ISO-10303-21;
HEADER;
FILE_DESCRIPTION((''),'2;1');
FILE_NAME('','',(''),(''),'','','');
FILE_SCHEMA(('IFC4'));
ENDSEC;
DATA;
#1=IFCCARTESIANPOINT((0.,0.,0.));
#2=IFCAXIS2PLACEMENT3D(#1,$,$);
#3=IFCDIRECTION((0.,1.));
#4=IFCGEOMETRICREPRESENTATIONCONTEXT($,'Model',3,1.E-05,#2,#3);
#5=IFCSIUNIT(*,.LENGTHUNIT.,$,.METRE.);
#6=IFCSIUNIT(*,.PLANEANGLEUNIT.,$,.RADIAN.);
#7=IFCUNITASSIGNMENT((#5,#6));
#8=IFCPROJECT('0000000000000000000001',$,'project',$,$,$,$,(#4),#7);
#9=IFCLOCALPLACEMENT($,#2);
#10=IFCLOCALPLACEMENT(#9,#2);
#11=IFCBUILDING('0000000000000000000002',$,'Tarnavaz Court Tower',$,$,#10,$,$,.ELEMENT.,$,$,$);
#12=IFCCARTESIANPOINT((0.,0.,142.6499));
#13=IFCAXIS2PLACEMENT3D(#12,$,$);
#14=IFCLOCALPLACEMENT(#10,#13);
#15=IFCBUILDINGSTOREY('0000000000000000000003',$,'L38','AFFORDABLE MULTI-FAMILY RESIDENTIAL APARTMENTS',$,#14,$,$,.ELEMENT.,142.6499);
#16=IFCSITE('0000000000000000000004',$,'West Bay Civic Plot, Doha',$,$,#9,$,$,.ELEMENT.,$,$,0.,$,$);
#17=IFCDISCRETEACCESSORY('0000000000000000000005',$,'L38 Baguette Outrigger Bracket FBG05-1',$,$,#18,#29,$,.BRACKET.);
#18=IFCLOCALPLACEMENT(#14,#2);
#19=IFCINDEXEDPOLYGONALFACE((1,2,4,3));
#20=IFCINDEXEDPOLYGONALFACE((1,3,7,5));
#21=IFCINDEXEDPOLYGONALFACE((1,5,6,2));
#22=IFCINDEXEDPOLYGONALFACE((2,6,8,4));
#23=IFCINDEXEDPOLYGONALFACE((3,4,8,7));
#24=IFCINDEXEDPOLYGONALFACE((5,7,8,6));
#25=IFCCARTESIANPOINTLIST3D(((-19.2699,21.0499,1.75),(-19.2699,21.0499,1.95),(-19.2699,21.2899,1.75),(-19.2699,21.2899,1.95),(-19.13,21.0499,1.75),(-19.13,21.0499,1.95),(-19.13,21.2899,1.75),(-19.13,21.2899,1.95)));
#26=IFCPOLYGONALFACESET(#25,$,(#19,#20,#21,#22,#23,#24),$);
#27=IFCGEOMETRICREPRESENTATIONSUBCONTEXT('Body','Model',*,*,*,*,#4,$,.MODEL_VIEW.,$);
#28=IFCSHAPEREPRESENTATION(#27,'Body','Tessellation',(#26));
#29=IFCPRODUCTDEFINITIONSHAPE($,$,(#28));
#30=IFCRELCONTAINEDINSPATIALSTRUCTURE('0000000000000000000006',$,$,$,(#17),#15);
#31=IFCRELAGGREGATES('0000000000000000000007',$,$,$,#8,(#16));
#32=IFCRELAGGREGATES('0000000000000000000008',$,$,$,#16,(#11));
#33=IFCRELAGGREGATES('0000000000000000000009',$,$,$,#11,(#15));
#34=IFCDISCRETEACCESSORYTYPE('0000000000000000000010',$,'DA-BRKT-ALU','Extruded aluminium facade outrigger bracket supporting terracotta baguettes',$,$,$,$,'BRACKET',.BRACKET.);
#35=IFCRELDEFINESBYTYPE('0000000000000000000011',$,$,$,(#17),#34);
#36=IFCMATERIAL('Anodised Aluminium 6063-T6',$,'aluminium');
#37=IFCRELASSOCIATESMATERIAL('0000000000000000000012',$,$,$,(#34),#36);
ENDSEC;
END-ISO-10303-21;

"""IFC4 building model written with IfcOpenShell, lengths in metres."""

from ifc_helpers import new_model, si_unit, direction, frame, origin, origin_2d, place, context, subcontext, project, spatial, rectangle, extrude, material, type_object, element, save


model = new_model("IFC4")

# Units and contexts
model_context = context("Model", 3, precision=1e-05, world=origin(), true_north=direction((0.0, 1.0)))
body_context = subcontext(model_context, "Body", "Model", "MODEL_VIEW")
ifc_project = project(units=[si_unit("LENGTHUNIT", "METRE"), si_unit("PLANEANGLEUNIT", "RADIAN")], contexts=[model_context])

# Site, building, storey
site_placement = place(None, origin())
site = spatial("IfcSite", under=ifc_project, at=site_placement, Name="West Bay Civic Plot, Doha", CompositionType="ELEMENT", RefElevation=0.0)
building_placement = place(site_placement, origin())
building = spatial("IfcBuilding", under=site, at=building_placement, Name="Tarnavaz Court Tower", CompositionType="ELEMENT")
storey_placement = place(building_placement, frame((0.0, 0.0, 142.6499)))
storey = spatial("IfcBuildingStorey", under=building, at=storey_placement, Name="L38", Description="AFFORDABLE MULTI-FAMILY RESIDENTIAL APARTMENTS", CompositionType="ELEMENT", Elevation=142.6499)

# Discrete accessory
ifc_material_1 = material(Name="Anodised Aluminium 6063-T6", Category="aluminium")
discrete_accessory_type = type_object("IfcDiscreteAccessoryType", Name="DA-BRKT-ALU", Description="Extruded aluminium facade outrigger bracket supporting terracotta baguettes", ElementType="BRACKET", PredefinedType="BRACKET", material=ifc_material_1)
for number, where, z_axis, x_axis, name in (
    (1, (-19.2, 21.1699, 1.75), (0.0, 0.0, 1.0), (1.0, 0.0, 0.0), "L38 Baguette Outrigger Bracket FBG05-1"),
):
    element("IfcDiscreteAccessory", number, at=place(storey_placement, frame(where, z_axis=z_axis, x_axis=x_axis)), inside=storey, type_object=discrete_accessory_type, Name=name, PredefinedType="BRACKET", context=body_context, shape_type="SweptSolid", body=[
        extrude(rectangle(XDim=0.1399, YDim=0.24, at=origin_2d()), origin(), (0.0, 0.0, 1.0), 0.2),
    ])

save(model, "model.ifc")
